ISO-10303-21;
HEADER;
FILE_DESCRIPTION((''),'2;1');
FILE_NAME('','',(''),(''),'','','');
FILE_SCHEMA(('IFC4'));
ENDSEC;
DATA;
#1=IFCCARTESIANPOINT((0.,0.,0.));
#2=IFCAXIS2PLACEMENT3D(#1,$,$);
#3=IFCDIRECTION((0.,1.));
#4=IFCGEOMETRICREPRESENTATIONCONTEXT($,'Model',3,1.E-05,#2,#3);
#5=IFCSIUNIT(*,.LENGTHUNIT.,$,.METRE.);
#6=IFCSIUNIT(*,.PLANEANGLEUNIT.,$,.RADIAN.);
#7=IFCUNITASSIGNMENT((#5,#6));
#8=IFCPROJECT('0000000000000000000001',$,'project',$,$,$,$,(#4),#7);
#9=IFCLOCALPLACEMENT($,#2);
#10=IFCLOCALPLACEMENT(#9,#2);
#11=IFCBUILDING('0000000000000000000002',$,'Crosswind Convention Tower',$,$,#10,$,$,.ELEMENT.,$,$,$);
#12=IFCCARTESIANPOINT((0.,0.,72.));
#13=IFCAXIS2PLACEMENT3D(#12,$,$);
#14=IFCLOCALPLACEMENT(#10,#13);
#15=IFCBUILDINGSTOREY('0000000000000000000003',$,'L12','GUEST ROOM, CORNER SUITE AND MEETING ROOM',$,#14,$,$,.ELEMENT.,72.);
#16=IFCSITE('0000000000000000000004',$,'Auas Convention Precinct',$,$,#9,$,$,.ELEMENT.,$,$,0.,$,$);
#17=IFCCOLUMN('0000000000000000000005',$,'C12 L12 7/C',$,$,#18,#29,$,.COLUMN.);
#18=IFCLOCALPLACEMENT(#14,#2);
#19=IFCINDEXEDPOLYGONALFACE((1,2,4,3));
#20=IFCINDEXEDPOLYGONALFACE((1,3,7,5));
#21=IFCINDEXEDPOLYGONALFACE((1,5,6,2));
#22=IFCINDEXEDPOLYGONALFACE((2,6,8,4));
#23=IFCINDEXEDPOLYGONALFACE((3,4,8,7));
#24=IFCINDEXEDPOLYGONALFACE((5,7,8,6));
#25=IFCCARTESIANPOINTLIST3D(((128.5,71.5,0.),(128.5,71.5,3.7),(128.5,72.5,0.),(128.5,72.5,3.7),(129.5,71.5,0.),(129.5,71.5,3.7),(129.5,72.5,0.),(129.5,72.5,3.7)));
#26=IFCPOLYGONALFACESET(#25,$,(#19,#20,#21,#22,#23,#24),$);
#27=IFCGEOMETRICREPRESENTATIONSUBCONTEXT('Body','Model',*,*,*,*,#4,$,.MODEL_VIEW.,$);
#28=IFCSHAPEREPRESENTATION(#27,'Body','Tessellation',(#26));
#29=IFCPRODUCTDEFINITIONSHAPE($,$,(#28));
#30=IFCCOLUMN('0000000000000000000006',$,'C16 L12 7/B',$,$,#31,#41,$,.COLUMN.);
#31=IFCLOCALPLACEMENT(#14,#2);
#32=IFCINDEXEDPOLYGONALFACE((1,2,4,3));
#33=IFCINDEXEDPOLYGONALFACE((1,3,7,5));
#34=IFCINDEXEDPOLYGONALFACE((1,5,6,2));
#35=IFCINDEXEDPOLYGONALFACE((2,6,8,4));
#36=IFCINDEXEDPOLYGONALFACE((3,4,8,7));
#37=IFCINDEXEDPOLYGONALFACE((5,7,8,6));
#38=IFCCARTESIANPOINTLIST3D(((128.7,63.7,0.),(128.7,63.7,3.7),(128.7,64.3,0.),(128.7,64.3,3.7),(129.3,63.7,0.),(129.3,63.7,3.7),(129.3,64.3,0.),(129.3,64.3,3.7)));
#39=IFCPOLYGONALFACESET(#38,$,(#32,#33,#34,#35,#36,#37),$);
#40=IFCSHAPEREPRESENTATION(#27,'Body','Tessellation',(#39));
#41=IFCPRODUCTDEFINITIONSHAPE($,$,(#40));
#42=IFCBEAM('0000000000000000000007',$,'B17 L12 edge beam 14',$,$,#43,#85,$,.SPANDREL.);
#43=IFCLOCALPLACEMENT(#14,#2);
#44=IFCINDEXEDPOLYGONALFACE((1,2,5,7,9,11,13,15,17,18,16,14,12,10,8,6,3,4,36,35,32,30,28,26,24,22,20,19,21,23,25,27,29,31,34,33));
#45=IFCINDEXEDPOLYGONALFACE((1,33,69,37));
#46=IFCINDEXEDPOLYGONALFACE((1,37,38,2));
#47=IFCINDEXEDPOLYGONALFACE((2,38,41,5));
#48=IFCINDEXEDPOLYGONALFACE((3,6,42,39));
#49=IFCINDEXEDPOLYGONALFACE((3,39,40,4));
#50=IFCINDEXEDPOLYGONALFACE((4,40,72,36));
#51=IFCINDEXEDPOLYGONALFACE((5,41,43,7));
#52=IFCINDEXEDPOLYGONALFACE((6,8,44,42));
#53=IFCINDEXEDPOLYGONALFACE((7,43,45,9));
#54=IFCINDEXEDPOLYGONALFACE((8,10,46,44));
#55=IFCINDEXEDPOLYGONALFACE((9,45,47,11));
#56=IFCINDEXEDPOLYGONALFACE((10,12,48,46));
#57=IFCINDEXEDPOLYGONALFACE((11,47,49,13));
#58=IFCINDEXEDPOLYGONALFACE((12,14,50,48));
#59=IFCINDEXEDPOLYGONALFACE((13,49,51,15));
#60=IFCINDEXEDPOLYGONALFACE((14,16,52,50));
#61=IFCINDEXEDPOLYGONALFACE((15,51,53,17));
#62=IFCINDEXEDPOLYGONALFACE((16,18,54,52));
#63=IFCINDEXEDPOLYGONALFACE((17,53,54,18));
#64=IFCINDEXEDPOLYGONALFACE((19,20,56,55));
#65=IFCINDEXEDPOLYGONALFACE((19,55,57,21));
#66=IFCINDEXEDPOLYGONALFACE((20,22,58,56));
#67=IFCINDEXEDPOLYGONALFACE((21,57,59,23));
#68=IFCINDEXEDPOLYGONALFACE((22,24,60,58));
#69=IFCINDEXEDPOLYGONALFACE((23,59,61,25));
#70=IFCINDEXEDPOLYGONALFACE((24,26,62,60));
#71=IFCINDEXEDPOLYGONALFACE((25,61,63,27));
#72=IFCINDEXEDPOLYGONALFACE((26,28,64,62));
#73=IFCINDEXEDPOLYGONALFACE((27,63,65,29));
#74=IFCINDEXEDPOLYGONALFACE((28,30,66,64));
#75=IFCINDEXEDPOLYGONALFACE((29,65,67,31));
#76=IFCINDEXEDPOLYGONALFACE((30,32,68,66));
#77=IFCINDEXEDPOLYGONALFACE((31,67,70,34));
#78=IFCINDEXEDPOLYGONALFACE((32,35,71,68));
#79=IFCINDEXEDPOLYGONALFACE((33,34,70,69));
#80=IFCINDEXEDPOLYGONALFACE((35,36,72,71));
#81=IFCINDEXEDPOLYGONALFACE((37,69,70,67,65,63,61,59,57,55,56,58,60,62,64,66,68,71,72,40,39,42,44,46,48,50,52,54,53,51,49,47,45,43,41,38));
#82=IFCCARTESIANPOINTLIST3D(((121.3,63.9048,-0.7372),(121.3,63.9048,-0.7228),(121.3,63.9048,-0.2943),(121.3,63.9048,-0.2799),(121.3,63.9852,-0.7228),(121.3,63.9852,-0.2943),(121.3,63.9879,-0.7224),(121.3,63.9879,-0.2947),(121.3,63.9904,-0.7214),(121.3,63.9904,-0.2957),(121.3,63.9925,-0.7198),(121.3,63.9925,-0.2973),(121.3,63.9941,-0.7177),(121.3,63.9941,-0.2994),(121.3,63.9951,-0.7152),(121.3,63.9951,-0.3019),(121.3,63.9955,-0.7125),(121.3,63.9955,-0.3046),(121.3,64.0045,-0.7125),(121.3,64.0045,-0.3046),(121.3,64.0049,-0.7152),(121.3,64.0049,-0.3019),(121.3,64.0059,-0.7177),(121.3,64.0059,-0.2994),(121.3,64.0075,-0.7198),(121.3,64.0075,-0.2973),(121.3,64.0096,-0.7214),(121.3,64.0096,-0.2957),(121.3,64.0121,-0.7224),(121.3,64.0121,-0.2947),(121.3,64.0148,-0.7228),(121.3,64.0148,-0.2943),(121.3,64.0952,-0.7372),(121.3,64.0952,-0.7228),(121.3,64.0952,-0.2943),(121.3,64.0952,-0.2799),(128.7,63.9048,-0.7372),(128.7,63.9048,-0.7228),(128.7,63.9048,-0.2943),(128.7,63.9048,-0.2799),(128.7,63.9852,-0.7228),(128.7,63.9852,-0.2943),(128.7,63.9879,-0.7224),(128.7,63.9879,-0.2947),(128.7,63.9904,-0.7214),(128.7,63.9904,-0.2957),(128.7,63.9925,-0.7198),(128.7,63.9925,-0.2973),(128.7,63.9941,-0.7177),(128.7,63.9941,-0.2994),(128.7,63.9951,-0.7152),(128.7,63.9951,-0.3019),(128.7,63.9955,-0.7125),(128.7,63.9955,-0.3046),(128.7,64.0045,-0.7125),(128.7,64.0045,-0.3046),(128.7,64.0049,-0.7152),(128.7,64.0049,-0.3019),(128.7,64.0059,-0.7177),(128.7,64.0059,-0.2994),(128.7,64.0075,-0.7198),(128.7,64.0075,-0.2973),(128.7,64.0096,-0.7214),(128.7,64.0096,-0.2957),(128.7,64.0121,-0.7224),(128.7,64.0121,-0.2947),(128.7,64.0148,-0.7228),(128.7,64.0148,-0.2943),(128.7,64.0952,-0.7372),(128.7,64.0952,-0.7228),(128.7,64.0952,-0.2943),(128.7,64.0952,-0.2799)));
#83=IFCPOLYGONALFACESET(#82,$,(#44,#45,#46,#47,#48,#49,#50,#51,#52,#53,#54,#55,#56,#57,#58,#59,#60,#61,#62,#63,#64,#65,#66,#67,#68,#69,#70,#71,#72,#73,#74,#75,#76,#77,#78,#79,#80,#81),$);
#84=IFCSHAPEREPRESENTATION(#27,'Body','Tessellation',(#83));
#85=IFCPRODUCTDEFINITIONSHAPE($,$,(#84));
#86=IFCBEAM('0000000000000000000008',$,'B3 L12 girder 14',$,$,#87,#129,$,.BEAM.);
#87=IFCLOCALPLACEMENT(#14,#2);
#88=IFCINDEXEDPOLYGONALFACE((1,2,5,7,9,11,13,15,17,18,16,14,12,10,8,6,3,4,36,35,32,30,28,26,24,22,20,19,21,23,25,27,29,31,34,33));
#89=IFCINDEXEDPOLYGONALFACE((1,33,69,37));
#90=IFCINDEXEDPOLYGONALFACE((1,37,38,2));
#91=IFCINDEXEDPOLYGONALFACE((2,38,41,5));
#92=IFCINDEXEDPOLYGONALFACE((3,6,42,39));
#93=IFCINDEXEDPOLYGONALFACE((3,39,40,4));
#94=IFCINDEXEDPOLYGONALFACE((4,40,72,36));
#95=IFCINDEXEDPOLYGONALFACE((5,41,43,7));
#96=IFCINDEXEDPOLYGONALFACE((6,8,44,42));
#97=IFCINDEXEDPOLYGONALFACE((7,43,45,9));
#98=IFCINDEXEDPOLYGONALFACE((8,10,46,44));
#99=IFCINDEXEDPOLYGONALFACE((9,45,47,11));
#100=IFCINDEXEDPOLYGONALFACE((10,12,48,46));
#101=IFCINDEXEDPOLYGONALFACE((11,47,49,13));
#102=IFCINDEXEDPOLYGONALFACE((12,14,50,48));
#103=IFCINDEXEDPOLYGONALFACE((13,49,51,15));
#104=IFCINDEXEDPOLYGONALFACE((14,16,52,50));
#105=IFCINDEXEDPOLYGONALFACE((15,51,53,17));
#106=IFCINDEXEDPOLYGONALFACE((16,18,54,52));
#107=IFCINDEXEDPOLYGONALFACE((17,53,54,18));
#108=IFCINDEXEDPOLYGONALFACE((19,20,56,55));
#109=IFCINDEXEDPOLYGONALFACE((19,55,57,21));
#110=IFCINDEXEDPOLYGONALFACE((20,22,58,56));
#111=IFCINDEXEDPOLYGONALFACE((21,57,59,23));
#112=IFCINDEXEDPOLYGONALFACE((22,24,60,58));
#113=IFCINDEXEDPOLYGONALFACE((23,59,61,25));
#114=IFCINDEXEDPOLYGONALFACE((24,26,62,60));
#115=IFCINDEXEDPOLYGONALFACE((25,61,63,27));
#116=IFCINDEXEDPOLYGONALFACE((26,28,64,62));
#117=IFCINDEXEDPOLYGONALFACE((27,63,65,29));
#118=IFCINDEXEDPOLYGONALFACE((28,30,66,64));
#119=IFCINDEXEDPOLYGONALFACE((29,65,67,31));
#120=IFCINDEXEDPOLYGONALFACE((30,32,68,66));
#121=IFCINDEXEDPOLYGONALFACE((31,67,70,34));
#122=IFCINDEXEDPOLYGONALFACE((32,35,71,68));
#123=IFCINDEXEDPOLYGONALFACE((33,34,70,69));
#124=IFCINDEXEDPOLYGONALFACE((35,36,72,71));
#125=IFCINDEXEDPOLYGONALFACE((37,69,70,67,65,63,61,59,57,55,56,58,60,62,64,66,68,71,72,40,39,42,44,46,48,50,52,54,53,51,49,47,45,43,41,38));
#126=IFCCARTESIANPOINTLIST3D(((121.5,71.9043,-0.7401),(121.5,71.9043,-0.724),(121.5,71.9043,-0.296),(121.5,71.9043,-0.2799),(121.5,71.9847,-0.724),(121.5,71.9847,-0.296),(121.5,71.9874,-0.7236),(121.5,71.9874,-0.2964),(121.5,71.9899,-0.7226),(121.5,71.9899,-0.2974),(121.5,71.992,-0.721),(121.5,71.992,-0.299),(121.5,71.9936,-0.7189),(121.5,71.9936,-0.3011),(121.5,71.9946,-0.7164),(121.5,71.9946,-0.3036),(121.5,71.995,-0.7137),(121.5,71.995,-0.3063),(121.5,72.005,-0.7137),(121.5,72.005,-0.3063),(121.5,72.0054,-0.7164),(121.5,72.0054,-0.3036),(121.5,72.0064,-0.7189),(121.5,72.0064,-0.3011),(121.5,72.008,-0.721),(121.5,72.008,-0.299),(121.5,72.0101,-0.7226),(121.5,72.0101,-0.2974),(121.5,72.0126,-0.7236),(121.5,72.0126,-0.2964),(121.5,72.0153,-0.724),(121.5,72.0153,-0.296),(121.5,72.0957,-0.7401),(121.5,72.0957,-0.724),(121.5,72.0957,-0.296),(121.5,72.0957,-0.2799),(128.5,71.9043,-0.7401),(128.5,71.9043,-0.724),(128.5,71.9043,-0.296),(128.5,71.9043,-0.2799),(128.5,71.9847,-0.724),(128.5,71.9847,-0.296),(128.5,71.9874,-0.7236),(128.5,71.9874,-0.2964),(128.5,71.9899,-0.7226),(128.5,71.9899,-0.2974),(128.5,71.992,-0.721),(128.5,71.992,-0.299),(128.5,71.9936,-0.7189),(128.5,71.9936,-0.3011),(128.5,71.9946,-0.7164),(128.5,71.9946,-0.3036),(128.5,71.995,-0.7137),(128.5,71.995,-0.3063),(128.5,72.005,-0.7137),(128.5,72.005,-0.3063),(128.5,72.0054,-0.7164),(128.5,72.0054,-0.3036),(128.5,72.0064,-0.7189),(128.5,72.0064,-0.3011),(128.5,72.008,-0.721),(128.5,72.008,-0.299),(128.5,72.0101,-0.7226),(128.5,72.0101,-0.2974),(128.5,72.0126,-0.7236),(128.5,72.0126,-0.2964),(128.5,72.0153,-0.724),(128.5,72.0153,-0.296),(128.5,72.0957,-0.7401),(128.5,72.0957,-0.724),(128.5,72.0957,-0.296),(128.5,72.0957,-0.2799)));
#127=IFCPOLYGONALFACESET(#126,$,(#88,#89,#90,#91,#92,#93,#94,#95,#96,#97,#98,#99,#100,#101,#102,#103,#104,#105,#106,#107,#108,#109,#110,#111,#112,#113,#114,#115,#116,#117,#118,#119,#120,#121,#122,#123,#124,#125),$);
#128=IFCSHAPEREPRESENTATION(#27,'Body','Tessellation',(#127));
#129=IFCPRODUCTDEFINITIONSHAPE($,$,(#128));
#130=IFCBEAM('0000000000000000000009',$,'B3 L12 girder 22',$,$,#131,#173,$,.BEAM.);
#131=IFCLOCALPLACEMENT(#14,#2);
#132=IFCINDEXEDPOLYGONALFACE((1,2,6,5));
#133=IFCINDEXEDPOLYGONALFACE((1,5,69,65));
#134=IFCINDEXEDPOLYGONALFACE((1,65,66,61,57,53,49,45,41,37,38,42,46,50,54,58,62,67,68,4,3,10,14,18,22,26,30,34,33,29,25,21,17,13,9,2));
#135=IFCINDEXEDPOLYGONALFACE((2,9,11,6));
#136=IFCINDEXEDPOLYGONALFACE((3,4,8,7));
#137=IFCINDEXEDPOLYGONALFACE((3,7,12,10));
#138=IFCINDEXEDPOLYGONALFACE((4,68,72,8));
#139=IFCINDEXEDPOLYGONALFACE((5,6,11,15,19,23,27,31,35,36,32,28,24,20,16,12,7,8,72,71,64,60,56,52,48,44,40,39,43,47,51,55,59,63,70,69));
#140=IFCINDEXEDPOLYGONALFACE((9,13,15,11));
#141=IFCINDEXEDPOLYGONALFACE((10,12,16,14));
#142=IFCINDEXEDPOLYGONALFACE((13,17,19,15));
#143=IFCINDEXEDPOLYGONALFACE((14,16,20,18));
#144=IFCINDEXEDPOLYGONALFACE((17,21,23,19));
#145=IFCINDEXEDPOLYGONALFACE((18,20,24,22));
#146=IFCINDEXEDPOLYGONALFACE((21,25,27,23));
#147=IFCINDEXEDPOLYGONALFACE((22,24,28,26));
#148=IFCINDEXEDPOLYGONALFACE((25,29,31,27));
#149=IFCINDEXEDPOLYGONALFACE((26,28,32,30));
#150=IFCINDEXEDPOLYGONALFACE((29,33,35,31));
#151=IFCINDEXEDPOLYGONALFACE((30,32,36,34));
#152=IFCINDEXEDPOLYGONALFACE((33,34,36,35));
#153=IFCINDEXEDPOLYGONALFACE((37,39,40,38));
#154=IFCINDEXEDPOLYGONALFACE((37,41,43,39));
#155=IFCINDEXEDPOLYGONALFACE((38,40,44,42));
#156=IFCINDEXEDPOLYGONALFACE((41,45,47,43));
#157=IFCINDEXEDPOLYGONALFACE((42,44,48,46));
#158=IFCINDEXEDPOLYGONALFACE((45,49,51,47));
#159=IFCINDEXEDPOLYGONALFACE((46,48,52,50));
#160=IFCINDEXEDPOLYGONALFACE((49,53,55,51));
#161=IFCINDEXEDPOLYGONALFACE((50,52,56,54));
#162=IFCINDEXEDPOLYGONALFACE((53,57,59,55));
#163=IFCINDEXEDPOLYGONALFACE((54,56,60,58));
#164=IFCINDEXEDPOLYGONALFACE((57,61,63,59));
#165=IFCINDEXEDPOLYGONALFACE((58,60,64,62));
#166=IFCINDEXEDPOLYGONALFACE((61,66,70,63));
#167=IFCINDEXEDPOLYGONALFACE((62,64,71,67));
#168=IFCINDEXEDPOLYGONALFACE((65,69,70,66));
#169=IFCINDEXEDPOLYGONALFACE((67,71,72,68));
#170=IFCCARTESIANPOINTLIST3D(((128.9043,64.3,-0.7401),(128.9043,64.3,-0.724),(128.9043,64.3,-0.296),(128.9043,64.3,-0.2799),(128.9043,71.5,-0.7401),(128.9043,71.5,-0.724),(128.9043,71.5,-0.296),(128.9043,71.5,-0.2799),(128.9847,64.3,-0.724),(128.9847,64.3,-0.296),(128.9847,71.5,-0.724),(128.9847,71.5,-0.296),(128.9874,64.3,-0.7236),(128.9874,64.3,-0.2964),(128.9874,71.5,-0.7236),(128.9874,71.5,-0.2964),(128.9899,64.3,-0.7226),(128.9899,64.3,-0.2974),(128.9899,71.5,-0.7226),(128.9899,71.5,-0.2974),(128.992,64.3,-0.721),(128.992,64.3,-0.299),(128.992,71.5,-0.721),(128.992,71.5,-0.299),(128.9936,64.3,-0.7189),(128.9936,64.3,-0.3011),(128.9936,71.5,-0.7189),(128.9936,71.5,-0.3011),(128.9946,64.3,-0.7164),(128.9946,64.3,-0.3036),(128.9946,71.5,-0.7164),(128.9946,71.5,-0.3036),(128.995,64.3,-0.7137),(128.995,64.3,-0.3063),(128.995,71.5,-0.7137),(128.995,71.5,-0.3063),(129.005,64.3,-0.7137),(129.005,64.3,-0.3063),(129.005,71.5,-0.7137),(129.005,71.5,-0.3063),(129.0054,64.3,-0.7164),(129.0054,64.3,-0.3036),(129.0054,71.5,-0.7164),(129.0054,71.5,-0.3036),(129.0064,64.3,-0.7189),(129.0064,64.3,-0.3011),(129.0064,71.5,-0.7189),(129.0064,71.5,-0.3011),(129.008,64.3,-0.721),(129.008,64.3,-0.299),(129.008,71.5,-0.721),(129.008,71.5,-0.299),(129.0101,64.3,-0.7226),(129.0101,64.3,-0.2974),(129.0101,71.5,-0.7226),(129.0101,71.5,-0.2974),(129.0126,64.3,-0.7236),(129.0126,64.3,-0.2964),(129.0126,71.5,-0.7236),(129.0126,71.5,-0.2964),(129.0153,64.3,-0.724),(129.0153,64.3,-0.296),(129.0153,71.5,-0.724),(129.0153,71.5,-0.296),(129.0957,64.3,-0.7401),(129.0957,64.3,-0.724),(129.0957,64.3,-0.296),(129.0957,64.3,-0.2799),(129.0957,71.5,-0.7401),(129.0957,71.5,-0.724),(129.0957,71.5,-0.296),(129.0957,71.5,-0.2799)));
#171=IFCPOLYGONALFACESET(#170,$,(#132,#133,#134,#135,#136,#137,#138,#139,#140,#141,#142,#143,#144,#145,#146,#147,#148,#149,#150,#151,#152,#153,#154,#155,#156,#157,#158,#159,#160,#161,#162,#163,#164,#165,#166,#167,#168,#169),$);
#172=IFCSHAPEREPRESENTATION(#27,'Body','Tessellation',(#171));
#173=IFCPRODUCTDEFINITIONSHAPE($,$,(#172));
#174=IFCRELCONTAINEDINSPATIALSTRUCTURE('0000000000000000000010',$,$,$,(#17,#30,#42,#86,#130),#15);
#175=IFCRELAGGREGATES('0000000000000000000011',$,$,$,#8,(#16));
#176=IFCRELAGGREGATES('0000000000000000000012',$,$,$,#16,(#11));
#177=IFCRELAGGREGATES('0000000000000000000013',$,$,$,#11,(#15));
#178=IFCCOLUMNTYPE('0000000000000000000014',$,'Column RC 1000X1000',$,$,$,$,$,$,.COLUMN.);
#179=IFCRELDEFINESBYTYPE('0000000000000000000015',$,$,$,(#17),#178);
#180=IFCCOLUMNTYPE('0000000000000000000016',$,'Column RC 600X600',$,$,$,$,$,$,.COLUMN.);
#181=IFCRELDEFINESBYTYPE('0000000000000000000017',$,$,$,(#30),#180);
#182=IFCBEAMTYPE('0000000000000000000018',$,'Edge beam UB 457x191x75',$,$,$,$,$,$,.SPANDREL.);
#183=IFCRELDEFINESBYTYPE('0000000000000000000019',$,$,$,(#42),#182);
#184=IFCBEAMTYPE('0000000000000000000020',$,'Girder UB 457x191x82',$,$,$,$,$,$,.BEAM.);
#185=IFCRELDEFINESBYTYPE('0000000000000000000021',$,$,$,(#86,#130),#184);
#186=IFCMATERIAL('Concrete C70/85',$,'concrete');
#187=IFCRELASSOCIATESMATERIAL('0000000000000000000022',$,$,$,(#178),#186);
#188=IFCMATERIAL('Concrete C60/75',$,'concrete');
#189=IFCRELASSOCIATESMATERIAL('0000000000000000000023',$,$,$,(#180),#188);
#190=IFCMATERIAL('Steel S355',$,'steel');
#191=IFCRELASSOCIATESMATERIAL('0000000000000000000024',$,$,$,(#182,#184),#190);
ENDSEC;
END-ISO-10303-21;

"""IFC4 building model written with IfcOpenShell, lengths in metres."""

from ifc_helpers import new_model, si_unit, direction, frame, origin, origin_2d, place, context, subcontext, project, spatial, rectangle, i_section, extrude, material, material_profile, profile_set, type_object, element, save


model = new_model("IFC4")

# Units and contexts
model_context = context("Model", 3, precision=1e-05, world=origin(), true_north=direction((0.0, 1.0)))
body_context = subcontext(model_context, "Body", "Model", "MODEL_VIEW")
ifc_project = project(units=[si_unit("LENGTHUNIT", "METRE"), si_unit("PLANEANGLEUNIT", "RADIAN")], contexts=[model_context])

# Site, building, storey
site_placement = place(None, origin())
site = spatial("IfcSite", under=ifc_project, at=site_placement, Name="Auas Convention Precinct", CompositionType="ELEMENT", RefElevation=0.0)
building_placement = place(site_placement, origin())
building = spatial("IfcBuilding", under=site, at=building_placement, Name="Crosswind Convention Tower", CompositionType="ELEMENT")
storey_placement = place(building_placement, frame((0.0, 0.0, 72.0)))
storey = spatial("IfcBuildingStorey", under=building, at=storey_placement, Name="L12", Description="GUEST ROOM, CORNER SUITE AND MEETING ROOM", CompositionType="ELEMENT", Elevation=72.0)

# Columns
ifc_material_1 = material(Name="Concrete C70/85", Category="concrete")
ifc_material_profile_1 = material_profile(ifc_material_1, rectangle(XDim=1.0, YDim=1.0, at=origin_2d()), Name="RC 1000X1000")
ifc_profile_set_1 = profile_set([ifc_material_profile_1], Name="Concrete C70/85")
column_type_1 = type_object("IfcColumnType", Name="Column RC 1000X1000", PredefinedType="COLUMN", material=ifc_profile_set_1)
column_1_placement = place(storey_placement, frame((129.0, 72.0, 0.0), z_axis=(0.0, 0.0, 1.0), x_axis=(1.0, 0.0, 0.0)))
element("IfcColumn", 1, at=column_1_placement, inside=storey, type_object=column_type_1, Name="C12 L12 7/C", PredefinedType="COLUMN", context=body_context, shape_type="SweptSolid", body=[
    extrude(rectangle(XDim=1.0, YDim=1.0, at=origin_2d()), origin(), (0.0, 0.0, 1.0), 3.7),
])
ifc_material_2 = material(Name="Concrete C60/75", Category="concrete")
ifc_material_profile_2 = material_profile(ifc_material_2, rectangle(XDim=0.6001, YDim=0.6001, at=origin_2d()), Name="RC 600X600")
ifc_profile_set_2 = profile_set([ifc_material_profile_2], Name="Concrete C60/75")
column_type_2 = type_object("IfcColumnType", Name="Column RC 600X600", PredefinedType="COLUMN", material=ifc_profile_set_2)
column_2_placement = place(storey_placement, frame((129.0, 64.0, 0.0), z_axis=(0.0, 0.0, 1.0), x_axis=(1.0, 0.0, 0.0)))
element("IfcColumn", 2, at=column_2_placement, inside=storey, type_object=column_type_2, Name="C16 L12 7/B", PredefinedType="COLUMN", context=body_context, shape_type="SweptSolid", body=[
    extrude(rectangle(XDim=0.6001, YDim=0.6001, at=origin_2d()), origin(), (0.0, 0.0, 1.0), 3.7),
])

# Beams
ifc_material_3 = material(Name="Steel S355", Category="steel")
ifc_material_profile_3 = material_profile(ifc_material_3, i_section(OverallWidth=0.1904, OverallDepth=0.4573, WebThickness=0.009, FlangeThickness=0.0144, FilletRadius=0.0103, at=origin_2d()), Name="UB 457x191x75")
ifc_profile_set_3 = profile_set([ifc_material_profile_3], Name="Steel S355")
beam_type_1 = type_object("IfcBeamType", Name="Edge beam UB 457x191x75", PredefinedType="SPANDREL", material=ifc_profile_set_3)
beam_1_placement = place(storey_placement, frame((121.3, 64.0, -0.5085), z_axis=(1.0, 0.0, 0.0), x_axis=(0.0, 1.0, 0.0)))
element("IfcBeam", 3, at=beam_1_placement, inside=storey, type_object=beam_type_1, Name="B17 L12 edge beam 14", PredefinedType="SPANDREL", context=body_context, shape_type="SweptSolid", body=[
    extrude(i_section(OverallWidth=0.1904, OverallDepth=0.4573, WebThickness=0.009, FlangeThickness=0.0144, FilletRadius=0.0103, at=origin_2d()), origin(), (0.0, 0.0, 1.0), 7.3999),
])
ifc_material_profile_4 = material_profile(ifc_material_3, i_section(OverallWidth=0.1914, OverallDepth=0.4602, WebThickness=0.01, FlangeThickness=0.0161, FilletRadius=0.0103, at=origin_2d()), Name="UB 457x191x82")
ifc_profile_set_4 = profile_set([ifc_material_profile_4], Name="Steel S355")
beam_type_2 = type_object("IfcBeamType", Name="Girder UB 457x191x82", PredefinedType="BEAM", material=ifc_profile_set_4)
beam_2_placement = place(storey_placement, frame((121.5, 72.0, -0.51), z_axis=(1.0, 0.0, 0.0), x_axis=(0.0, 1.0, 0.0)))
element("IfcBeam", 4, at=beam_2_placement, inside=storey, type_object=beam_type_2, Name="B3 L12 girder 14", PredefinedType="BEAM", context=body_context, shape_type="SweptSolid", body=[
    extrude(i_section(OverallWidth=0.1914, OverallDepth=0.4602, WebThickness=0.01, FlangeThickness=0.0161, FilletRadius=0.0103, at=origin_2d()), origin(), (0.0, 0.0, 1.0), 7.0),
])
beam_3_placement = place(storey_placement, frame((129.0, 64.3, -0.51), z_axis=(0.0, 1.0, 0.0), x_axis=(-1.0, 0.0, 0.0)))
element("IfcBeam", 5, at=beam_3_placement, inside=storey, type_object=beam_type_2, Name="B3 L12 girder 22", PredefinedType="BEAM", context=body_context, shape_type="SweptSolid", body=[
    extrude(i_section(OverallWidth=0.1914, OverallDepth=0.4602, WebThickness=0.01, FlangeThickness=0.0161, FilletRadius=0.0103, at=origin_2d()), origin(), (0.0, 0.0, 1.0), 7.2),
])

save(model, "model.ifc")
